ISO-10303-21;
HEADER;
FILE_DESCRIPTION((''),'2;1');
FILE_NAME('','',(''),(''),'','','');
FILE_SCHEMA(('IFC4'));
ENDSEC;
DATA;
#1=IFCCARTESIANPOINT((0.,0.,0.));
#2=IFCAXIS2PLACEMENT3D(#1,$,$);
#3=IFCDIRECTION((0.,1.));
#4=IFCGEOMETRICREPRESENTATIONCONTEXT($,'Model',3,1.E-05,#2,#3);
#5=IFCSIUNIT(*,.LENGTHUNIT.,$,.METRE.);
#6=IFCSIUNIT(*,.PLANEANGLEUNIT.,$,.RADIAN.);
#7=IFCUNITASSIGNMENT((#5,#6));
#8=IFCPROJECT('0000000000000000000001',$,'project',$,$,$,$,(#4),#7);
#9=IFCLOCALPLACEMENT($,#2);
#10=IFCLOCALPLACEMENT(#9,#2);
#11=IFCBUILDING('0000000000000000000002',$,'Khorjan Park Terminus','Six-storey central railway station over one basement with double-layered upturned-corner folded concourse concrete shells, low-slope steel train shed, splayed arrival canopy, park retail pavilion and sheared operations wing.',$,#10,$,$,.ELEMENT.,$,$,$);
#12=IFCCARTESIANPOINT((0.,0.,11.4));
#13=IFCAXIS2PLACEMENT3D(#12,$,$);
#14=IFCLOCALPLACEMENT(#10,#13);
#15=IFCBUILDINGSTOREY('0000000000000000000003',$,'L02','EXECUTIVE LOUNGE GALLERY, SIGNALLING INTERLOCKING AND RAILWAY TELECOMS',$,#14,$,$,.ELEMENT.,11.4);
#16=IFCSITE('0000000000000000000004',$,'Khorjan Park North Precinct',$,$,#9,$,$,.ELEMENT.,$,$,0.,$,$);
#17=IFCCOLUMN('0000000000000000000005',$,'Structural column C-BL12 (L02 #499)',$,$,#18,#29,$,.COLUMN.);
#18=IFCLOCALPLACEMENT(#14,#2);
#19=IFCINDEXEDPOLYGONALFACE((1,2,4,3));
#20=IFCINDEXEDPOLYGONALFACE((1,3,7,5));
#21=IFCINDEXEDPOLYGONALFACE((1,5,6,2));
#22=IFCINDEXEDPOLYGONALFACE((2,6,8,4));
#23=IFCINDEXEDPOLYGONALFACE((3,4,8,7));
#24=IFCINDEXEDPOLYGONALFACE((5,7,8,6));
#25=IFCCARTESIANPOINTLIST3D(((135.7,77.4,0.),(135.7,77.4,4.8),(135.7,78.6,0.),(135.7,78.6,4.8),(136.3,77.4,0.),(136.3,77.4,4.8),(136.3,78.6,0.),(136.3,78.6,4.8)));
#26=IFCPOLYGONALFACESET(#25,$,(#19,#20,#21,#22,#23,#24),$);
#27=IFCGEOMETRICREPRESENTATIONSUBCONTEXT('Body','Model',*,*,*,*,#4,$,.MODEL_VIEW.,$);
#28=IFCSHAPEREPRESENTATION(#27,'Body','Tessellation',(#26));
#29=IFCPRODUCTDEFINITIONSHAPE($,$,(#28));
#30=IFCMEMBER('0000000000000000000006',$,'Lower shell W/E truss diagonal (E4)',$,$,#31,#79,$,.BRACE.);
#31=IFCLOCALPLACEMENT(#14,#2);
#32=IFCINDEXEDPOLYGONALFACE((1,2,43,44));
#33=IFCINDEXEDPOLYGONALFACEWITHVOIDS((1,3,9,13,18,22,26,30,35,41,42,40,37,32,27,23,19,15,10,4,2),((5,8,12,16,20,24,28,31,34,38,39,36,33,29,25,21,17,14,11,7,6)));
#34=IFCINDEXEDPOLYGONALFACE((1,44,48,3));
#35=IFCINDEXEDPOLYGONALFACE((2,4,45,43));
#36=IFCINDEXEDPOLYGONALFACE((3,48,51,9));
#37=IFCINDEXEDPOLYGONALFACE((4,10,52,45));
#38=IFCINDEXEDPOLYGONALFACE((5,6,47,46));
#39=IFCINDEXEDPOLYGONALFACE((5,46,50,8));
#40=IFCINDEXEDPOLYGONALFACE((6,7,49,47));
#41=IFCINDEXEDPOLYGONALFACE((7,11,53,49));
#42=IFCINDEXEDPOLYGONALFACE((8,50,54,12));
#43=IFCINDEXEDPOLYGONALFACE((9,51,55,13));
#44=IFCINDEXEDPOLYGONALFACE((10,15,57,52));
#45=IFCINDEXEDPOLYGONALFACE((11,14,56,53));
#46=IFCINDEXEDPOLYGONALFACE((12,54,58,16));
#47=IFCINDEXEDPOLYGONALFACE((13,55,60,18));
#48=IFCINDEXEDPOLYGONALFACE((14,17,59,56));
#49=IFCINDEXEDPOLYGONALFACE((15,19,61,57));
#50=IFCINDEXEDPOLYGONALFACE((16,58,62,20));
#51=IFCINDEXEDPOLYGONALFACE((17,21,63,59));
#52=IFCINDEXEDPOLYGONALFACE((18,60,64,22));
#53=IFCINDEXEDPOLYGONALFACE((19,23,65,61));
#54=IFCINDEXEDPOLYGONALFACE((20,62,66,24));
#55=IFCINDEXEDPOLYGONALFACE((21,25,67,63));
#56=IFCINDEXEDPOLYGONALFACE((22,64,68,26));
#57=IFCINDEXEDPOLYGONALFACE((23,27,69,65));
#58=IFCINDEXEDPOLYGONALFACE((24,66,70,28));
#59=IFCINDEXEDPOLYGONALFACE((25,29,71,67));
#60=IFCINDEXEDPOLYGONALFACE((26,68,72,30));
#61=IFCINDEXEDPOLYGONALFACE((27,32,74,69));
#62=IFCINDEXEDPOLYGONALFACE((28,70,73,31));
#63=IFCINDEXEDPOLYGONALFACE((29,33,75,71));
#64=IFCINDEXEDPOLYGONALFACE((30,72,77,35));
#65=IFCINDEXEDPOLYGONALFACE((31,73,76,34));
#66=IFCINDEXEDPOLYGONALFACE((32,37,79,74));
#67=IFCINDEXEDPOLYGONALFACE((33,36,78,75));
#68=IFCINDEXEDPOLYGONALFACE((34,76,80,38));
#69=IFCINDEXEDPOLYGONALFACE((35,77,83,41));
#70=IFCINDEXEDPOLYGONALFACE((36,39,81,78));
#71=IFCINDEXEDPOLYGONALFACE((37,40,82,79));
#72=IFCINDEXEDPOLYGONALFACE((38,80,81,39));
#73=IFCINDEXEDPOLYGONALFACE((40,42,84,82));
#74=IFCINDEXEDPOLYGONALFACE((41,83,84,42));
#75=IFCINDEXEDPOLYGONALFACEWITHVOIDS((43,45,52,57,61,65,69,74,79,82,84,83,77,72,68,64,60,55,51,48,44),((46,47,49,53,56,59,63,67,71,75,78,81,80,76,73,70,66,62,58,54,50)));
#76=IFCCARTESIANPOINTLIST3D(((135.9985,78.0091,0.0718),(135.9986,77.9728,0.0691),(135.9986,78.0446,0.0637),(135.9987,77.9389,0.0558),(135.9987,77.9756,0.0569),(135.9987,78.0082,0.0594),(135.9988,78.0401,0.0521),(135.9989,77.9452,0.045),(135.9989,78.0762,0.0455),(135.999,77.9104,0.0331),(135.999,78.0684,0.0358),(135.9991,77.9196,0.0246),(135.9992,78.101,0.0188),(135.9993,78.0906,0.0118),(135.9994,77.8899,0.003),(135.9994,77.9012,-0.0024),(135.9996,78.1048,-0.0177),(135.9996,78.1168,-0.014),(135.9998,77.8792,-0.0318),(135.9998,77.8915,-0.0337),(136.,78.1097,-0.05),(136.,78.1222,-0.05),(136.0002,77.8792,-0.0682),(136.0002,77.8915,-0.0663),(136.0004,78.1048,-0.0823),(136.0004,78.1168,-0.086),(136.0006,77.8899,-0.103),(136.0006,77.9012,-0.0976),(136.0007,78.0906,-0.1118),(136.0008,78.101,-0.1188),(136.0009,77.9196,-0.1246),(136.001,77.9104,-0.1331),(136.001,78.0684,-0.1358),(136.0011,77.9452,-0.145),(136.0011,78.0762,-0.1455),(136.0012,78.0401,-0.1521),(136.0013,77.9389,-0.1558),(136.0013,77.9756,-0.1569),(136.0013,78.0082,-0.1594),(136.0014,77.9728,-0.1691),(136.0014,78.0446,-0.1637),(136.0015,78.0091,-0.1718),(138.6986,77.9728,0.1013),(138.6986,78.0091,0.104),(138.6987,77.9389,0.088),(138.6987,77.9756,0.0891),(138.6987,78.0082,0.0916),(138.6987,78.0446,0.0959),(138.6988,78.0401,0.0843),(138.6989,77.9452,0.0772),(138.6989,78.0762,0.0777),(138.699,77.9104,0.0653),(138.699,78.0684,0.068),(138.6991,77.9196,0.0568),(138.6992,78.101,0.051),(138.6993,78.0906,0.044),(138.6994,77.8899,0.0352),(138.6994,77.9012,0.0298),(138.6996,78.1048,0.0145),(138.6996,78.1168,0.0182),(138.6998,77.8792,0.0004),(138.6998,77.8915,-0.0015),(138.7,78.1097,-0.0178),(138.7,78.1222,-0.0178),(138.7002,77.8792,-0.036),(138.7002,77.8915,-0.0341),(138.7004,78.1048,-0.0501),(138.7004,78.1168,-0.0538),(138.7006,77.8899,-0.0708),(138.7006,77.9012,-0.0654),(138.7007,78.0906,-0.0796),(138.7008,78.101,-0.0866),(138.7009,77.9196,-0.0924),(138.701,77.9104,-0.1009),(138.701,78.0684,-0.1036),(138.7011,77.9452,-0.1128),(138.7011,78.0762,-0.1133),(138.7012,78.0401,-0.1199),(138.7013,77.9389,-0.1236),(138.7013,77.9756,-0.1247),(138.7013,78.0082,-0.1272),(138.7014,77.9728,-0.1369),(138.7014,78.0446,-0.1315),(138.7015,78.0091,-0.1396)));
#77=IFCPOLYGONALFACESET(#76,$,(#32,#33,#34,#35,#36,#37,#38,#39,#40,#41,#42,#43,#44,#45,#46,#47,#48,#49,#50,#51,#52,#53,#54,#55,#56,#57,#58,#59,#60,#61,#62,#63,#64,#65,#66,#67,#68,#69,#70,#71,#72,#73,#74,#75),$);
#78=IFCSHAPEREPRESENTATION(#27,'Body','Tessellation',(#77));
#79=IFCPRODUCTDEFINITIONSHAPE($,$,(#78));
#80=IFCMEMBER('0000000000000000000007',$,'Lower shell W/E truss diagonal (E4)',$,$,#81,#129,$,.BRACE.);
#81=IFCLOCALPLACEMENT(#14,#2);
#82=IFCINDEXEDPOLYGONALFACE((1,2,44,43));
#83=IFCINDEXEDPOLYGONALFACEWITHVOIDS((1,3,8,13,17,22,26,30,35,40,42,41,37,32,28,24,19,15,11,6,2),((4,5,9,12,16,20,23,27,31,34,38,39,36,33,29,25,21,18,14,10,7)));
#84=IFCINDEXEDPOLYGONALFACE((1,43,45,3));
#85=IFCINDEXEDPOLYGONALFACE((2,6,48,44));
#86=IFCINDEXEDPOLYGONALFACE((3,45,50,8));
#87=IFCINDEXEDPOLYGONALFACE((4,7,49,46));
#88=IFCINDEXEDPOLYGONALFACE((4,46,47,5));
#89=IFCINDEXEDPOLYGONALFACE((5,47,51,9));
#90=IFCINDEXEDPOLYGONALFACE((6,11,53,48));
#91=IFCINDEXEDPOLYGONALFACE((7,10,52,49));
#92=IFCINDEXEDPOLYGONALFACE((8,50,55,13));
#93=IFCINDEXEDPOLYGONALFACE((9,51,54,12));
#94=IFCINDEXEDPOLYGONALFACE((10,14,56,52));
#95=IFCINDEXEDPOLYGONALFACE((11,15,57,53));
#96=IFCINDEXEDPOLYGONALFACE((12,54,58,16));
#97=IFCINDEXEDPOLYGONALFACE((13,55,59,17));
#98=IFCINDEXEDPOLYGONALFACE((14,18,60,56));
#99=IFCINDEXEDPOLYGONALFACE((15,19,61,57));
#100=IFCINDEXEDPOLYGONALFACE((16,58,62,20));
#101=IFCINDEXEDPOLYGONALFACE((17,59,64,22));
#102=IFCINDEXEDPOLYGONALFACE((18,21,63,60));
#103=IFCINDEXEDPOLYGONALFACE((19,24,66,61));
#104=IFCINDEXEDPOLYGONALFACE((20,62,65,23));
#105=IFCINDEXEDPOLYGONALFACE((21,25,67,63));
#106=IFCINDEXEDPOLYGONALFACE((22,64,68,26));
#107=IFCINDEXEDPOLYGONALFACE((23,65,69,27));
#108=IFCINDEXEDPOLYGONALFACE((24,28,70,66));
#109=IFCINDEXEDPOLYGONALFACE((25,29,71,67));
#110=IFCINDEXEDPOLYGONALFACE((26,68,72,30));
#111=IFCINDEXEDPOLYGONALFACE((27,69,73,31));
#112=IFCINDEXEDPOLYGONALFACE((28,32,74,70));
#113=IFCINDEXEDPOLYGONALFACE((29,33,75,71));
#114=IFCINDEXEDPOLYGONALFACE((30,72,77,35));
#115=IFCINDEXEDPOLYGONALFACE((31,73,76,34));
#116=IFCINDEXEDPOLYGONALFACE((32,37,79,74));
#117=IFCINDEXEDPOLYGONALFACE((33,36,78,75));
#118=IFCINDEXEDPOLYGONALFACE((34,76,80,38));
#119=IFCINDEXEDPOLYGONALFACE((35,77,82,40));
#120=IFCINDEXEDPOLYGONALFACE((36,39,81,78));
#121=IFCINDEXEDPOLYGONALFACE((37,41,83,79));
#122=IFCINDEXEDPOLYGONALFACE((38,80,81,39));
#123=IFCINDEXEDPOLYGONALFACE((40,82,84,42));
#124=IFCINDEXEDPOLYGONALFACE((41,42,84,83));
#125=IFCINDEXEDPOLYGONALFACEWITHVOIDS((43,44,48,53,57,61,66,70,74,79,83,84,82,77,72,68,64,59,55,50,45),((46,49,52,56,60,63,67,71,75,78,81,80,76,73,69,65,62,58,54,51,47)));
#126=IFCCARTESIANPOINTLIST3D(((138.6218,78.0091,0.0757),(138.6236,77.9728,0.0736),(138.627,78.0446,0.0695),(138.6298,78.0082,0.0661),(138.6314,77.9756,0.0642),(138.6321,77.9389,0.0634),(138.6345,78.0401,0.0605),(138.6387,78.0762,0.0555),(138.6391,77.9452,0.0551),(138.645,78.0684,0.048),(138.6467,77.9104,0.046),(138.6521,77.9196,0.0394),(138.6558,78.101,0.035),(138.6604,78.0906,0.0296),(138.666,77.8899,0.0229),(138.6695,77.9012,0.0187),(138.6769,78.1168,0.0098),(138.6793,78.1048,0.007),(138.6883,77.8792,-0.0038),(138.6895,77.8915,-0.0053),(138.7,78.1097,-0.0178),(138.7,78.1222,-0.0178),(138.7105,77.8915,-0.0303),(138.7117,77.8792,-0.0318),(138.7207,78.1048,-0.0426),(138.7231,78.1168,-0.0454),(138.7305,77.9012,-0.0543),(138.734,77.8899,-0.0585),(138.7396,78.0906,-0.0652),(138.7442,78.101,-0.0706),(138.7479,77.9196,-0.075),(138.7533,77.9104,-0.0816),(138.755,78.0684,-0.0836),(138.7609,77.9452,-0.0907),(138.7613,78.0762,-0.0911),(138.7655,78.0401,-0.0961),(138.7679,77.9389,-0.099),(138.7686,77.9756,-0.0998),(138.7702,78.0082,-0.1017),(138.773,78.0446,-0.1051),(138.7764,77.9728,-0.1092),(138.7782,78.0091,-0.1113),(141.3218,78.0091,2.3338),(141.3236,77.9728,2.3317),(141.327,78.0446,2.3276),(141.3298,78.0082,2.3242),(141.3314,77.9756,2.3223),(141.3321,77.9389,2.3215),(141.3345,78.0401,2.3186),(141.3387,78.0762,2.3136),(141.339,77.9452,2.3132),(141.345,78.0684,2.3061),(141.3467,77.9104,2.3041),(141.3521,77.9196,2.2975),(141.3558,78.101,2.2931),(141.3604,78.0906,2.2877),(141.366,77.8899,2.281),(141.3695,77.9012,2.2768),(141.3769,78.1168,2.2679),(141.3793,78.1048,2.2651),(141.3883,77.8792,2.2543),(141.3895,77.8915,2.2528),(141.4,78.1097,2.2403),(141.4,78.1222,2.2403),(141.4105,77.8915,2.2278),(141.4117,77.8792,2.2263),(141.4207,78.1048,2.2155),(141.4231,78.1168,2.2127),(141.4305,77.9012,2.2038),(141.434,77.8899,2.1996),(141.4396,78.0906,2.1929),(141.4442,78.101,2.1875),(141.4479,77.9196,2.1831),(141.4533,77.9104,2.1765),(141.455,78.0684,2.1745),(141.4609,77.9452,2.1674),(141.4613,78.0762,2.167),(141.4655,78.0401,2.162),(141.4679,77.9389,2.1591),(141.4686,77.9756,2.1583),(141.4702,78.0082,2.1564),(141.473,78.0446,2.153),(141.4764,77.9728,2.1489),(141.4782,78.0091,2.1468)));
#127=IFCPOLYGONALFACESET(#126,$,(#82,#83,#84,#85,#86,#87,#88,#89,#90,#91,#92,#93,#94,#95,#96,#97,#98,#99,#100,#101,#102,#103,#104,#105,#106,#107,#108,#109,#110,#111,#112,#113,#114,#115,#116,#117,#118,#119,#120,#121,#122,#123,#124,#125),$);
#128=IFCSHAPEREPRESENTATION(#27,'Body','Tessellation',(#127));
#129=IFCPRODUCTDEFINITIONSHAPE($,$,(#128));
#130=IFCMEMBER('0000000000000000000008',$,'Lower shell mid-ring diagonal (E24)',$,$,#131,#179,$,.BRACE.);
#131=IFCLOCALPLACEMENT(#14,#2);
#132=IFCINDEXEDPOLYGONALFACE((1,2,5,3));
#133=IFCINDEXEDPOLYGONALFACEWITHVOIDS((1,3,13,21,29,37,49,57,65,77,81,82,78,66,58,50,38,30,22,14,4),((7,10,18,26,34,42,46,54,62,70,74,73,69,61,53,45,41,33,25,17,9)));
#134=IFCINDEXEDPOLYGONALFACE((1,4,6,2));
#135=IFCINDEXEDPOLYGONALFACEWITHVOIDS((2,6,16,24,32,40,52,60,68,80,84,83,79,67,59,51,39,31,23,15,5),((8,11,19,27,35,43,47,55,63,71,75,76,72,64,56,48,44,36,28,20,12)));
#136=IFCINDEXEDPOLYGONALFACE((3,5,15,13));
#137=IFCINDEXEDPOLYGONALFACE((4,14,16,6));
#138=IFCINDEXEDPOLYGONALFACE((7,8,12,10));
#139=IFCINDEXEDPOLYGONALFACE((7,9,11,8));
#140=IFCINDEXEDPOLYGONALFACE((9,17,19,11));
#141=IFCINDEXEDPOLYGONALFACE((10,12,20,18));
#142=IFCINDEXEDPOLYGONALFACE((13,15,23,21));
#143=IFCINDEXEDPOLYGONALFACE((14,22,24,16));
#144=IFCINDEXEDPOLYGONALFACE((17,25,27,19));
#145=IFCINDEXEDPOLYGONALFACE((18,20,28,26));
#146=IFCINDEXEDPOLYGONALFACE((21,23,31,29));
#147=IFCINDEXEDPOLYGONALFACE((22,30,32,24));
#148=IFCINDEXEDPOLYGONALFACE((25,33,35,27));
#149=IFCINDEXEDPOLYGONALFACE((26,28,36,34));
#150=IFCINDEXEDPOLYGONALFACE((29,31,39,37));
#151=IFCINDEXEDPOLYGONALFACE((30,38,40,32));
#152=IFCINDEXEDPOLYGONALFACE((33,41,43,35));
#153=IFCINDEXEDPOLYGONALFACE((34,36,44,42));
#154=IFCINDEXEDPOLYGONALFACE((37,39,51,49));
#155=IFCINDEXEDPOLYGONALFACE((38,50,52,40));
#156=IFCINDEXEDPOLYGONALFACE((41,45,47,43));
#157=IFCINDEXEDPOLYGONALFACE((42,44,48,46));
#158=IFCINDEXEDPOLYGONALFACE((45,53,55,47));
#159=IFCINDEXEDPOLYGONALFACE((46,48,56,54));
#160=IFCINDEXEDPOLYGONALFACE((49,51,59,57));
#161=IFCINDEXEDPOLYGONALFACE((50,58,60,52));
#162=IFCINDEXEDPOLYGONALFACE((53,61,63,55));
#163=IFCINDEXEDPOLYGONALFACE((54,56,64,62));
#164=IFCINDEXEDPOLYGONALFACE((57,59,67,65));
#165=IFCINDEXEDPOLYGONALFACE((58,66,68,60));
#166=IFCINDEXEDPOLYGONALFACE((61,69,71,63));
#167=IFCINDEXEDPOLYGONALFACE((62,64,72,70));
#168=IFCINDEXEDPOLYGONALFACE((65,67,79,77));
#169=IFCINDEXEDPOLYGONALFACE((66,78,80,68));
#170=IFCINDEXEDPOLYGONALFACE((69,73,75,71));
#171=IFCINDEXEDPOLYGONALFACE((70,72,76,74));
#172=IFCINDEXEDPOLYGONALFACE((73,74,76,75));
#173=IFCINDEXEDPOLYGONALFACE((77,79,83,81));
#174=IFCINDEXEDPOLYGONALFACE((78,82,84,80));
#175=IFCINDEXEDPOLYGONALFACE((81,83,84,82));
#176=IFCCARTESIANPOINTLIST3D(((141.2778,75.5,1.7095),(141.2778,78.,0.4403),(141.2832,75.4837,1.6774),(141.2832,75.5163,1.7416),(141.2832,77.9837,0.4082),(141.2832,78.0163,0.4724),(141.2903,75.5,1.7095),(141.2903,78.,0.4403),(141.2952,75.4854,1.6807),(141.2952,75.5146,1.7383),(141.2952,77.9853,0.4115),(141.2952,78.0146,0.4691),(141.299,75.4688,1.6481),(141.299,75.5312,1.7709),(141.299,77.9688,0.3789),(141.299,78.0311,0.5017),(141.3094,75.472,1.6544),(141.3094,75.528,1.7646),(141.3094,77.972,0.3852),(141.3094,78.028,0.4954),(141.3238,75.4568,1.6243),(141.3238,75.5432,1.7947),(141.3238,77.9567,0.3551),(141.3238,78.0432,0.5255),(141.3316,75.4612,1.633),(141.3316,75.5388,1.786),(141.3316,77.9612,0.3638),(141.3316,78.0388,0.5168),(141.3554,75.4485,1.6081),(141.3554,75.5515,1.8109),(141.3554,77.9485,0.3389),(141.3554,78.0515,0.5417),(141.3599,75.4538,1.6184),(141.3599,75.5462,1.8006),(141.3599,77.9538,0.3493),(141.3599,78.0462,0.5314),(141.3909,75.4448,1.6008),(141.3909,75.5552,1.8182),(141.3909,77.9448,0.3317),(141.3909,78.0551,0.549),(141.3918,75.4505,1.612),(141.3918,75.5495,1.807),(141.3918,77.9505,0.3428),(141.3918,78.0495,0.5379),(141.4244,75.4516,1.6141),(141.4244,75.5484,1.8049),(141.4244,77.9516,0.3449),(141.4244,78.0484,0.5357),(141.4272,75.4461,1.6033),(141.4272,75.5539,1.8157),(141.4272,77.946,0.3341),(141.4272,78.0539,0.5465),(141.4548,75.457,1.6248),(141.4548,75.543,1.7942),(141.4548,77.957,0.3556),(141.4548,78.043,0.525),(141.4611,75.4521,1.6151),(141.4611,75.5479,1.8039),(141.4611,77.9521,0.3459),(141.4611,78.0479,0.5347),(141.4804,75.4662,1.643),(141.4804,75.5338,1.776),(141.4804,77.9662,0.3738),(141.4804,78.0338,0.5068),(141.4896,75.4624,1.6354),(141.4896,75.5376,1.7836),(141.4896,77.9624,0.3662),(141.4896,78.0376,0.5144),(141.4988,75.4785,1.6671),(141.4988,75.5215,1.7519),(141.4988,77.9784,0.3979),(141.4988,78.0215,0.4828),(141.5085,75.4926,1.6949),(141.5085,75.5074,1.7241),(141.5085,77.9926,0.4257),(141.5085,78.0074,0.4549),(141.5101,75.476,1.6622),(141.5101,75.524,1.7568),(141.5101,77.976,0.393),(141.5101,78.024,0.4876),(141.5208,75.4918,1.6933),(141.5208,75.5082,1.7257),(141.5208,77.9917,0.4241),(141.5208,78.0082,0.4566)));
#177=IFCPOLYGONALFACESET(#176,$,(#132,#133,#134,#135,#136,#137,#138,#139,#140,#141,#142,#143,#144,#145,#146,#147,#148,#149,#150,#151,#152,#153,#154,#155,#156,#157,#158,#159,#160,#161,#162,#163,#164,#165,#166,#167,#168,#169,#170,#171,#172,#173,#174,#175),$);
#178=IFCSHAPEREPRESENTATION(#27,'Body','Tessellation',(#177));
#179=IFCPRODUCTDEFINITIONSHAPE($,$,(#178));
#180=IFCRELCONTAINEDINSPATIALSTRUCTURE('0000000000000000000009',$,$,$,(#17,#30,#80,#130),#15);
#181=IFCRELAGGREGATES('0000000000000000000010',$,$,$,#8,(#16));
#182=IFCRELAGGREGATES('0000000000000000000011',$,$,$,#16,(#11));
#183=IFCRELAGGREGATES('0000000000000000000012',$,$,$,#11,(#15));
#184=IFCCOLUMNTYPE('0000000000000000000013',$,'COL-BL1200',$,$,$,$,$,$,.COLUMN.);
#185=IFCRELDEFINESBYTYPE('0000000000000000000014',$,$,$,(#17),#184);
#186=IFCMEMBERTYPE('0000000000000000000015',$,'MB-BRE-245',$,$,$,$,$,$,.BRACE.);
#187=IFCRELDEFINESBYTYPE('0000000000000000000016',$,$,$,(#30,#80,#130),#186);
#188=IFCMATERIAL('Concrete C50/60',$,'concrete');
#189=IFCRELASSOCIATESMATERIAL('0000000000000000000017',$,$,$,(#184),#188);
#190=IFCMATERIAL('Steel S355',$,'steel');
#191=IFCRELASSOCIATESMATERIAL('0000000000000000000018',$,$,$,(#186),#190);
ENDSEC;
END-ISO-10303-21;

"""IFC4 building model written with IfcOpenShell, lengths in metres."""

from ifc_helpers import new_model, si_unit, direction, frame, origin, origin_2d, place, context, subcontext, project, spatial, rectangle, hollow_circle, extrude, material, material_profile, profile_set, type_object, element, save


model = new_model("IFC4")

# Units and contexts
model_context = context("Model", 3, precision=1e-05, world=origin(), true_north=direction((0.0, 1.0)))
body_context = subcontext(model_context, "Body", "Model", "MODEL_VIEW")
ifc_project = project(units=[si_unit("LENGTHUNIT", "METRE"), si_unit("PLANEANGLEUNIT", "RADIAN")], contexts=[model_context])

# Site, building, storey
site_placement = place(None, origin())
site = spatial("IfcSite", under=ifc_project, at=site_placement, Name="Khorjan Park North Precinct", CompositionType="ELEMENT", RefElevation=0.0)
building_placement = place(site_placement, origin())
building = spatial("IfcBuilding", under=site, at=building_placement, Name="Khorjan Park Terminus", Description="Six-storey central railway station over one basement with double-layered upturned-corner folded concourse concrete shells, low-slope steel train shed, splayed arrival canopy, park retail pavilion and sheared operations wing.", CompositionType="ELEMENT")
storey_placement = place(building_placement, frame((0.0, 0.0, 11.4)))
storey = spatial("IfcBuildingStorey", under=building, at=storey_placement, Name="L02", Description="EXECUTIVE LOUNGE GALLERY, SIGNALLING INTERLOCKING AND RAILWAY TELECOMS", CompositionType="ELEMENT", Elevation=11.4)

# Column
ifc_material_1 = material(Name="Concrete C50/60", Category="concrete")
ifc_material_profile_1 = material_profile(ifc_material_1, rectangle(XDim=0.6, YDim=1.2, at=origin_2d()), Name="RC 600x1200")
ifc_profile_set_1 = profile_set([ifc_material_profile_1], Name="Concrete C50/60")
column_type = type_object("IfcColumnType", Name="COL-BL1200", PredefinedType="COLUMN", material=ifc_profile_set_1)
column_placement = place(storey_placement, frame((136.0, 78.0, 0.0), z_axis=(0.0, 0.0, 1.0), x_axis=(1.0, 0.0, 0.0)))
element("IfcColumn", 1, at=column_placement, inside=storey, type_object=column_type, Name="Structural column C-BL12 (L02 #499)", PredefinedType="COLUMN", context=body_context, shape_type="SweptSolid", body=[
    extrude(rectangle(XDim=0.6, YDim=1.2, at=origin_2d()), origin(), (0.0, 0.0, 1.0), 4.8),
])

# Members
ifc_material_2 = material(Name="Steel S355", Category="steel")
ifc_material_profile_2 = material_profile(ifc_material_2, hollow_circle(Radius=0.1222, WallThickness=0.0125, at=origin_2d()), Name="CHS 244.5x12.5")
ifc_profile_set_2 = profile_set([ifc_material_profile_2], Name="Steel S355")
member_type_1 = type_object("IfcMemberType", Name="MB-BRE-245", PredefinedType="BRACE", material=ifc_profile_set_2)
member_1_placement = place(storey_placement, frame((136.0, 78.0, -0.05), z_axis=(0.999929, 0.0, 0.011925), x_axis=(0.0, 1.0, 0.0)))
element("IfcMember", 2, at=member_1_placement, inside=storey, type_object=member_type_1, Name="Lower shell W/E truss diagonal (E4)", PredefinedType="BRACE", context=body_context, shape_type="SweptSolid", body=[
    extrude(hollow_circle(Radius=0.1222, WallThickness=0.0125, at=origin_2d()), origin(), (0.0, 0.0, 1.0), 2.7002),
])
member_2_placement = place(storey_placement, frame((138.7, 78.0, -0.0178), z_axis=(0.767088, 0.0, 0.641542), x_axis=(0.0, 1.0, 0.0)))
element("IfcMember", 3, at=member_2_placement, inside=storey, type_object=member_type_1, Name="Lower shell W/E truss diagonal (E4)", PredefinedType="BRACE", context=body_context, shape_type="SweptSolid", body=[
    extrude(hollow_circle(Radius=0.1222, WallThickness=0.0125, at=origin_2d()), origin(), (0.0, 0.0, 1.0), 3.5198),
])
member_3_placement = place(storey_placement, frame((141.4, 75.5, 1.7095), z_axis=(0.0, 0.891671, -0.452684), x_axis=(-1.0, 0.0, 0.0)))
element("IfcMember", 4, at=member_3_placement, inside=storey, type_object=member_type_1, Name="Lower shell mid-ring diagonal (E24)", PredefinedType="BRACE", context=body_context, shape_type="SweptSolid", body=[
    extrude(hollow_circle(Radius=0.1222, WallThickness=0.0125, at=origin_2d()), origin(), (0.0, 0.0, 1.0), 2.8037),
])

save(model, "model.ifc")
